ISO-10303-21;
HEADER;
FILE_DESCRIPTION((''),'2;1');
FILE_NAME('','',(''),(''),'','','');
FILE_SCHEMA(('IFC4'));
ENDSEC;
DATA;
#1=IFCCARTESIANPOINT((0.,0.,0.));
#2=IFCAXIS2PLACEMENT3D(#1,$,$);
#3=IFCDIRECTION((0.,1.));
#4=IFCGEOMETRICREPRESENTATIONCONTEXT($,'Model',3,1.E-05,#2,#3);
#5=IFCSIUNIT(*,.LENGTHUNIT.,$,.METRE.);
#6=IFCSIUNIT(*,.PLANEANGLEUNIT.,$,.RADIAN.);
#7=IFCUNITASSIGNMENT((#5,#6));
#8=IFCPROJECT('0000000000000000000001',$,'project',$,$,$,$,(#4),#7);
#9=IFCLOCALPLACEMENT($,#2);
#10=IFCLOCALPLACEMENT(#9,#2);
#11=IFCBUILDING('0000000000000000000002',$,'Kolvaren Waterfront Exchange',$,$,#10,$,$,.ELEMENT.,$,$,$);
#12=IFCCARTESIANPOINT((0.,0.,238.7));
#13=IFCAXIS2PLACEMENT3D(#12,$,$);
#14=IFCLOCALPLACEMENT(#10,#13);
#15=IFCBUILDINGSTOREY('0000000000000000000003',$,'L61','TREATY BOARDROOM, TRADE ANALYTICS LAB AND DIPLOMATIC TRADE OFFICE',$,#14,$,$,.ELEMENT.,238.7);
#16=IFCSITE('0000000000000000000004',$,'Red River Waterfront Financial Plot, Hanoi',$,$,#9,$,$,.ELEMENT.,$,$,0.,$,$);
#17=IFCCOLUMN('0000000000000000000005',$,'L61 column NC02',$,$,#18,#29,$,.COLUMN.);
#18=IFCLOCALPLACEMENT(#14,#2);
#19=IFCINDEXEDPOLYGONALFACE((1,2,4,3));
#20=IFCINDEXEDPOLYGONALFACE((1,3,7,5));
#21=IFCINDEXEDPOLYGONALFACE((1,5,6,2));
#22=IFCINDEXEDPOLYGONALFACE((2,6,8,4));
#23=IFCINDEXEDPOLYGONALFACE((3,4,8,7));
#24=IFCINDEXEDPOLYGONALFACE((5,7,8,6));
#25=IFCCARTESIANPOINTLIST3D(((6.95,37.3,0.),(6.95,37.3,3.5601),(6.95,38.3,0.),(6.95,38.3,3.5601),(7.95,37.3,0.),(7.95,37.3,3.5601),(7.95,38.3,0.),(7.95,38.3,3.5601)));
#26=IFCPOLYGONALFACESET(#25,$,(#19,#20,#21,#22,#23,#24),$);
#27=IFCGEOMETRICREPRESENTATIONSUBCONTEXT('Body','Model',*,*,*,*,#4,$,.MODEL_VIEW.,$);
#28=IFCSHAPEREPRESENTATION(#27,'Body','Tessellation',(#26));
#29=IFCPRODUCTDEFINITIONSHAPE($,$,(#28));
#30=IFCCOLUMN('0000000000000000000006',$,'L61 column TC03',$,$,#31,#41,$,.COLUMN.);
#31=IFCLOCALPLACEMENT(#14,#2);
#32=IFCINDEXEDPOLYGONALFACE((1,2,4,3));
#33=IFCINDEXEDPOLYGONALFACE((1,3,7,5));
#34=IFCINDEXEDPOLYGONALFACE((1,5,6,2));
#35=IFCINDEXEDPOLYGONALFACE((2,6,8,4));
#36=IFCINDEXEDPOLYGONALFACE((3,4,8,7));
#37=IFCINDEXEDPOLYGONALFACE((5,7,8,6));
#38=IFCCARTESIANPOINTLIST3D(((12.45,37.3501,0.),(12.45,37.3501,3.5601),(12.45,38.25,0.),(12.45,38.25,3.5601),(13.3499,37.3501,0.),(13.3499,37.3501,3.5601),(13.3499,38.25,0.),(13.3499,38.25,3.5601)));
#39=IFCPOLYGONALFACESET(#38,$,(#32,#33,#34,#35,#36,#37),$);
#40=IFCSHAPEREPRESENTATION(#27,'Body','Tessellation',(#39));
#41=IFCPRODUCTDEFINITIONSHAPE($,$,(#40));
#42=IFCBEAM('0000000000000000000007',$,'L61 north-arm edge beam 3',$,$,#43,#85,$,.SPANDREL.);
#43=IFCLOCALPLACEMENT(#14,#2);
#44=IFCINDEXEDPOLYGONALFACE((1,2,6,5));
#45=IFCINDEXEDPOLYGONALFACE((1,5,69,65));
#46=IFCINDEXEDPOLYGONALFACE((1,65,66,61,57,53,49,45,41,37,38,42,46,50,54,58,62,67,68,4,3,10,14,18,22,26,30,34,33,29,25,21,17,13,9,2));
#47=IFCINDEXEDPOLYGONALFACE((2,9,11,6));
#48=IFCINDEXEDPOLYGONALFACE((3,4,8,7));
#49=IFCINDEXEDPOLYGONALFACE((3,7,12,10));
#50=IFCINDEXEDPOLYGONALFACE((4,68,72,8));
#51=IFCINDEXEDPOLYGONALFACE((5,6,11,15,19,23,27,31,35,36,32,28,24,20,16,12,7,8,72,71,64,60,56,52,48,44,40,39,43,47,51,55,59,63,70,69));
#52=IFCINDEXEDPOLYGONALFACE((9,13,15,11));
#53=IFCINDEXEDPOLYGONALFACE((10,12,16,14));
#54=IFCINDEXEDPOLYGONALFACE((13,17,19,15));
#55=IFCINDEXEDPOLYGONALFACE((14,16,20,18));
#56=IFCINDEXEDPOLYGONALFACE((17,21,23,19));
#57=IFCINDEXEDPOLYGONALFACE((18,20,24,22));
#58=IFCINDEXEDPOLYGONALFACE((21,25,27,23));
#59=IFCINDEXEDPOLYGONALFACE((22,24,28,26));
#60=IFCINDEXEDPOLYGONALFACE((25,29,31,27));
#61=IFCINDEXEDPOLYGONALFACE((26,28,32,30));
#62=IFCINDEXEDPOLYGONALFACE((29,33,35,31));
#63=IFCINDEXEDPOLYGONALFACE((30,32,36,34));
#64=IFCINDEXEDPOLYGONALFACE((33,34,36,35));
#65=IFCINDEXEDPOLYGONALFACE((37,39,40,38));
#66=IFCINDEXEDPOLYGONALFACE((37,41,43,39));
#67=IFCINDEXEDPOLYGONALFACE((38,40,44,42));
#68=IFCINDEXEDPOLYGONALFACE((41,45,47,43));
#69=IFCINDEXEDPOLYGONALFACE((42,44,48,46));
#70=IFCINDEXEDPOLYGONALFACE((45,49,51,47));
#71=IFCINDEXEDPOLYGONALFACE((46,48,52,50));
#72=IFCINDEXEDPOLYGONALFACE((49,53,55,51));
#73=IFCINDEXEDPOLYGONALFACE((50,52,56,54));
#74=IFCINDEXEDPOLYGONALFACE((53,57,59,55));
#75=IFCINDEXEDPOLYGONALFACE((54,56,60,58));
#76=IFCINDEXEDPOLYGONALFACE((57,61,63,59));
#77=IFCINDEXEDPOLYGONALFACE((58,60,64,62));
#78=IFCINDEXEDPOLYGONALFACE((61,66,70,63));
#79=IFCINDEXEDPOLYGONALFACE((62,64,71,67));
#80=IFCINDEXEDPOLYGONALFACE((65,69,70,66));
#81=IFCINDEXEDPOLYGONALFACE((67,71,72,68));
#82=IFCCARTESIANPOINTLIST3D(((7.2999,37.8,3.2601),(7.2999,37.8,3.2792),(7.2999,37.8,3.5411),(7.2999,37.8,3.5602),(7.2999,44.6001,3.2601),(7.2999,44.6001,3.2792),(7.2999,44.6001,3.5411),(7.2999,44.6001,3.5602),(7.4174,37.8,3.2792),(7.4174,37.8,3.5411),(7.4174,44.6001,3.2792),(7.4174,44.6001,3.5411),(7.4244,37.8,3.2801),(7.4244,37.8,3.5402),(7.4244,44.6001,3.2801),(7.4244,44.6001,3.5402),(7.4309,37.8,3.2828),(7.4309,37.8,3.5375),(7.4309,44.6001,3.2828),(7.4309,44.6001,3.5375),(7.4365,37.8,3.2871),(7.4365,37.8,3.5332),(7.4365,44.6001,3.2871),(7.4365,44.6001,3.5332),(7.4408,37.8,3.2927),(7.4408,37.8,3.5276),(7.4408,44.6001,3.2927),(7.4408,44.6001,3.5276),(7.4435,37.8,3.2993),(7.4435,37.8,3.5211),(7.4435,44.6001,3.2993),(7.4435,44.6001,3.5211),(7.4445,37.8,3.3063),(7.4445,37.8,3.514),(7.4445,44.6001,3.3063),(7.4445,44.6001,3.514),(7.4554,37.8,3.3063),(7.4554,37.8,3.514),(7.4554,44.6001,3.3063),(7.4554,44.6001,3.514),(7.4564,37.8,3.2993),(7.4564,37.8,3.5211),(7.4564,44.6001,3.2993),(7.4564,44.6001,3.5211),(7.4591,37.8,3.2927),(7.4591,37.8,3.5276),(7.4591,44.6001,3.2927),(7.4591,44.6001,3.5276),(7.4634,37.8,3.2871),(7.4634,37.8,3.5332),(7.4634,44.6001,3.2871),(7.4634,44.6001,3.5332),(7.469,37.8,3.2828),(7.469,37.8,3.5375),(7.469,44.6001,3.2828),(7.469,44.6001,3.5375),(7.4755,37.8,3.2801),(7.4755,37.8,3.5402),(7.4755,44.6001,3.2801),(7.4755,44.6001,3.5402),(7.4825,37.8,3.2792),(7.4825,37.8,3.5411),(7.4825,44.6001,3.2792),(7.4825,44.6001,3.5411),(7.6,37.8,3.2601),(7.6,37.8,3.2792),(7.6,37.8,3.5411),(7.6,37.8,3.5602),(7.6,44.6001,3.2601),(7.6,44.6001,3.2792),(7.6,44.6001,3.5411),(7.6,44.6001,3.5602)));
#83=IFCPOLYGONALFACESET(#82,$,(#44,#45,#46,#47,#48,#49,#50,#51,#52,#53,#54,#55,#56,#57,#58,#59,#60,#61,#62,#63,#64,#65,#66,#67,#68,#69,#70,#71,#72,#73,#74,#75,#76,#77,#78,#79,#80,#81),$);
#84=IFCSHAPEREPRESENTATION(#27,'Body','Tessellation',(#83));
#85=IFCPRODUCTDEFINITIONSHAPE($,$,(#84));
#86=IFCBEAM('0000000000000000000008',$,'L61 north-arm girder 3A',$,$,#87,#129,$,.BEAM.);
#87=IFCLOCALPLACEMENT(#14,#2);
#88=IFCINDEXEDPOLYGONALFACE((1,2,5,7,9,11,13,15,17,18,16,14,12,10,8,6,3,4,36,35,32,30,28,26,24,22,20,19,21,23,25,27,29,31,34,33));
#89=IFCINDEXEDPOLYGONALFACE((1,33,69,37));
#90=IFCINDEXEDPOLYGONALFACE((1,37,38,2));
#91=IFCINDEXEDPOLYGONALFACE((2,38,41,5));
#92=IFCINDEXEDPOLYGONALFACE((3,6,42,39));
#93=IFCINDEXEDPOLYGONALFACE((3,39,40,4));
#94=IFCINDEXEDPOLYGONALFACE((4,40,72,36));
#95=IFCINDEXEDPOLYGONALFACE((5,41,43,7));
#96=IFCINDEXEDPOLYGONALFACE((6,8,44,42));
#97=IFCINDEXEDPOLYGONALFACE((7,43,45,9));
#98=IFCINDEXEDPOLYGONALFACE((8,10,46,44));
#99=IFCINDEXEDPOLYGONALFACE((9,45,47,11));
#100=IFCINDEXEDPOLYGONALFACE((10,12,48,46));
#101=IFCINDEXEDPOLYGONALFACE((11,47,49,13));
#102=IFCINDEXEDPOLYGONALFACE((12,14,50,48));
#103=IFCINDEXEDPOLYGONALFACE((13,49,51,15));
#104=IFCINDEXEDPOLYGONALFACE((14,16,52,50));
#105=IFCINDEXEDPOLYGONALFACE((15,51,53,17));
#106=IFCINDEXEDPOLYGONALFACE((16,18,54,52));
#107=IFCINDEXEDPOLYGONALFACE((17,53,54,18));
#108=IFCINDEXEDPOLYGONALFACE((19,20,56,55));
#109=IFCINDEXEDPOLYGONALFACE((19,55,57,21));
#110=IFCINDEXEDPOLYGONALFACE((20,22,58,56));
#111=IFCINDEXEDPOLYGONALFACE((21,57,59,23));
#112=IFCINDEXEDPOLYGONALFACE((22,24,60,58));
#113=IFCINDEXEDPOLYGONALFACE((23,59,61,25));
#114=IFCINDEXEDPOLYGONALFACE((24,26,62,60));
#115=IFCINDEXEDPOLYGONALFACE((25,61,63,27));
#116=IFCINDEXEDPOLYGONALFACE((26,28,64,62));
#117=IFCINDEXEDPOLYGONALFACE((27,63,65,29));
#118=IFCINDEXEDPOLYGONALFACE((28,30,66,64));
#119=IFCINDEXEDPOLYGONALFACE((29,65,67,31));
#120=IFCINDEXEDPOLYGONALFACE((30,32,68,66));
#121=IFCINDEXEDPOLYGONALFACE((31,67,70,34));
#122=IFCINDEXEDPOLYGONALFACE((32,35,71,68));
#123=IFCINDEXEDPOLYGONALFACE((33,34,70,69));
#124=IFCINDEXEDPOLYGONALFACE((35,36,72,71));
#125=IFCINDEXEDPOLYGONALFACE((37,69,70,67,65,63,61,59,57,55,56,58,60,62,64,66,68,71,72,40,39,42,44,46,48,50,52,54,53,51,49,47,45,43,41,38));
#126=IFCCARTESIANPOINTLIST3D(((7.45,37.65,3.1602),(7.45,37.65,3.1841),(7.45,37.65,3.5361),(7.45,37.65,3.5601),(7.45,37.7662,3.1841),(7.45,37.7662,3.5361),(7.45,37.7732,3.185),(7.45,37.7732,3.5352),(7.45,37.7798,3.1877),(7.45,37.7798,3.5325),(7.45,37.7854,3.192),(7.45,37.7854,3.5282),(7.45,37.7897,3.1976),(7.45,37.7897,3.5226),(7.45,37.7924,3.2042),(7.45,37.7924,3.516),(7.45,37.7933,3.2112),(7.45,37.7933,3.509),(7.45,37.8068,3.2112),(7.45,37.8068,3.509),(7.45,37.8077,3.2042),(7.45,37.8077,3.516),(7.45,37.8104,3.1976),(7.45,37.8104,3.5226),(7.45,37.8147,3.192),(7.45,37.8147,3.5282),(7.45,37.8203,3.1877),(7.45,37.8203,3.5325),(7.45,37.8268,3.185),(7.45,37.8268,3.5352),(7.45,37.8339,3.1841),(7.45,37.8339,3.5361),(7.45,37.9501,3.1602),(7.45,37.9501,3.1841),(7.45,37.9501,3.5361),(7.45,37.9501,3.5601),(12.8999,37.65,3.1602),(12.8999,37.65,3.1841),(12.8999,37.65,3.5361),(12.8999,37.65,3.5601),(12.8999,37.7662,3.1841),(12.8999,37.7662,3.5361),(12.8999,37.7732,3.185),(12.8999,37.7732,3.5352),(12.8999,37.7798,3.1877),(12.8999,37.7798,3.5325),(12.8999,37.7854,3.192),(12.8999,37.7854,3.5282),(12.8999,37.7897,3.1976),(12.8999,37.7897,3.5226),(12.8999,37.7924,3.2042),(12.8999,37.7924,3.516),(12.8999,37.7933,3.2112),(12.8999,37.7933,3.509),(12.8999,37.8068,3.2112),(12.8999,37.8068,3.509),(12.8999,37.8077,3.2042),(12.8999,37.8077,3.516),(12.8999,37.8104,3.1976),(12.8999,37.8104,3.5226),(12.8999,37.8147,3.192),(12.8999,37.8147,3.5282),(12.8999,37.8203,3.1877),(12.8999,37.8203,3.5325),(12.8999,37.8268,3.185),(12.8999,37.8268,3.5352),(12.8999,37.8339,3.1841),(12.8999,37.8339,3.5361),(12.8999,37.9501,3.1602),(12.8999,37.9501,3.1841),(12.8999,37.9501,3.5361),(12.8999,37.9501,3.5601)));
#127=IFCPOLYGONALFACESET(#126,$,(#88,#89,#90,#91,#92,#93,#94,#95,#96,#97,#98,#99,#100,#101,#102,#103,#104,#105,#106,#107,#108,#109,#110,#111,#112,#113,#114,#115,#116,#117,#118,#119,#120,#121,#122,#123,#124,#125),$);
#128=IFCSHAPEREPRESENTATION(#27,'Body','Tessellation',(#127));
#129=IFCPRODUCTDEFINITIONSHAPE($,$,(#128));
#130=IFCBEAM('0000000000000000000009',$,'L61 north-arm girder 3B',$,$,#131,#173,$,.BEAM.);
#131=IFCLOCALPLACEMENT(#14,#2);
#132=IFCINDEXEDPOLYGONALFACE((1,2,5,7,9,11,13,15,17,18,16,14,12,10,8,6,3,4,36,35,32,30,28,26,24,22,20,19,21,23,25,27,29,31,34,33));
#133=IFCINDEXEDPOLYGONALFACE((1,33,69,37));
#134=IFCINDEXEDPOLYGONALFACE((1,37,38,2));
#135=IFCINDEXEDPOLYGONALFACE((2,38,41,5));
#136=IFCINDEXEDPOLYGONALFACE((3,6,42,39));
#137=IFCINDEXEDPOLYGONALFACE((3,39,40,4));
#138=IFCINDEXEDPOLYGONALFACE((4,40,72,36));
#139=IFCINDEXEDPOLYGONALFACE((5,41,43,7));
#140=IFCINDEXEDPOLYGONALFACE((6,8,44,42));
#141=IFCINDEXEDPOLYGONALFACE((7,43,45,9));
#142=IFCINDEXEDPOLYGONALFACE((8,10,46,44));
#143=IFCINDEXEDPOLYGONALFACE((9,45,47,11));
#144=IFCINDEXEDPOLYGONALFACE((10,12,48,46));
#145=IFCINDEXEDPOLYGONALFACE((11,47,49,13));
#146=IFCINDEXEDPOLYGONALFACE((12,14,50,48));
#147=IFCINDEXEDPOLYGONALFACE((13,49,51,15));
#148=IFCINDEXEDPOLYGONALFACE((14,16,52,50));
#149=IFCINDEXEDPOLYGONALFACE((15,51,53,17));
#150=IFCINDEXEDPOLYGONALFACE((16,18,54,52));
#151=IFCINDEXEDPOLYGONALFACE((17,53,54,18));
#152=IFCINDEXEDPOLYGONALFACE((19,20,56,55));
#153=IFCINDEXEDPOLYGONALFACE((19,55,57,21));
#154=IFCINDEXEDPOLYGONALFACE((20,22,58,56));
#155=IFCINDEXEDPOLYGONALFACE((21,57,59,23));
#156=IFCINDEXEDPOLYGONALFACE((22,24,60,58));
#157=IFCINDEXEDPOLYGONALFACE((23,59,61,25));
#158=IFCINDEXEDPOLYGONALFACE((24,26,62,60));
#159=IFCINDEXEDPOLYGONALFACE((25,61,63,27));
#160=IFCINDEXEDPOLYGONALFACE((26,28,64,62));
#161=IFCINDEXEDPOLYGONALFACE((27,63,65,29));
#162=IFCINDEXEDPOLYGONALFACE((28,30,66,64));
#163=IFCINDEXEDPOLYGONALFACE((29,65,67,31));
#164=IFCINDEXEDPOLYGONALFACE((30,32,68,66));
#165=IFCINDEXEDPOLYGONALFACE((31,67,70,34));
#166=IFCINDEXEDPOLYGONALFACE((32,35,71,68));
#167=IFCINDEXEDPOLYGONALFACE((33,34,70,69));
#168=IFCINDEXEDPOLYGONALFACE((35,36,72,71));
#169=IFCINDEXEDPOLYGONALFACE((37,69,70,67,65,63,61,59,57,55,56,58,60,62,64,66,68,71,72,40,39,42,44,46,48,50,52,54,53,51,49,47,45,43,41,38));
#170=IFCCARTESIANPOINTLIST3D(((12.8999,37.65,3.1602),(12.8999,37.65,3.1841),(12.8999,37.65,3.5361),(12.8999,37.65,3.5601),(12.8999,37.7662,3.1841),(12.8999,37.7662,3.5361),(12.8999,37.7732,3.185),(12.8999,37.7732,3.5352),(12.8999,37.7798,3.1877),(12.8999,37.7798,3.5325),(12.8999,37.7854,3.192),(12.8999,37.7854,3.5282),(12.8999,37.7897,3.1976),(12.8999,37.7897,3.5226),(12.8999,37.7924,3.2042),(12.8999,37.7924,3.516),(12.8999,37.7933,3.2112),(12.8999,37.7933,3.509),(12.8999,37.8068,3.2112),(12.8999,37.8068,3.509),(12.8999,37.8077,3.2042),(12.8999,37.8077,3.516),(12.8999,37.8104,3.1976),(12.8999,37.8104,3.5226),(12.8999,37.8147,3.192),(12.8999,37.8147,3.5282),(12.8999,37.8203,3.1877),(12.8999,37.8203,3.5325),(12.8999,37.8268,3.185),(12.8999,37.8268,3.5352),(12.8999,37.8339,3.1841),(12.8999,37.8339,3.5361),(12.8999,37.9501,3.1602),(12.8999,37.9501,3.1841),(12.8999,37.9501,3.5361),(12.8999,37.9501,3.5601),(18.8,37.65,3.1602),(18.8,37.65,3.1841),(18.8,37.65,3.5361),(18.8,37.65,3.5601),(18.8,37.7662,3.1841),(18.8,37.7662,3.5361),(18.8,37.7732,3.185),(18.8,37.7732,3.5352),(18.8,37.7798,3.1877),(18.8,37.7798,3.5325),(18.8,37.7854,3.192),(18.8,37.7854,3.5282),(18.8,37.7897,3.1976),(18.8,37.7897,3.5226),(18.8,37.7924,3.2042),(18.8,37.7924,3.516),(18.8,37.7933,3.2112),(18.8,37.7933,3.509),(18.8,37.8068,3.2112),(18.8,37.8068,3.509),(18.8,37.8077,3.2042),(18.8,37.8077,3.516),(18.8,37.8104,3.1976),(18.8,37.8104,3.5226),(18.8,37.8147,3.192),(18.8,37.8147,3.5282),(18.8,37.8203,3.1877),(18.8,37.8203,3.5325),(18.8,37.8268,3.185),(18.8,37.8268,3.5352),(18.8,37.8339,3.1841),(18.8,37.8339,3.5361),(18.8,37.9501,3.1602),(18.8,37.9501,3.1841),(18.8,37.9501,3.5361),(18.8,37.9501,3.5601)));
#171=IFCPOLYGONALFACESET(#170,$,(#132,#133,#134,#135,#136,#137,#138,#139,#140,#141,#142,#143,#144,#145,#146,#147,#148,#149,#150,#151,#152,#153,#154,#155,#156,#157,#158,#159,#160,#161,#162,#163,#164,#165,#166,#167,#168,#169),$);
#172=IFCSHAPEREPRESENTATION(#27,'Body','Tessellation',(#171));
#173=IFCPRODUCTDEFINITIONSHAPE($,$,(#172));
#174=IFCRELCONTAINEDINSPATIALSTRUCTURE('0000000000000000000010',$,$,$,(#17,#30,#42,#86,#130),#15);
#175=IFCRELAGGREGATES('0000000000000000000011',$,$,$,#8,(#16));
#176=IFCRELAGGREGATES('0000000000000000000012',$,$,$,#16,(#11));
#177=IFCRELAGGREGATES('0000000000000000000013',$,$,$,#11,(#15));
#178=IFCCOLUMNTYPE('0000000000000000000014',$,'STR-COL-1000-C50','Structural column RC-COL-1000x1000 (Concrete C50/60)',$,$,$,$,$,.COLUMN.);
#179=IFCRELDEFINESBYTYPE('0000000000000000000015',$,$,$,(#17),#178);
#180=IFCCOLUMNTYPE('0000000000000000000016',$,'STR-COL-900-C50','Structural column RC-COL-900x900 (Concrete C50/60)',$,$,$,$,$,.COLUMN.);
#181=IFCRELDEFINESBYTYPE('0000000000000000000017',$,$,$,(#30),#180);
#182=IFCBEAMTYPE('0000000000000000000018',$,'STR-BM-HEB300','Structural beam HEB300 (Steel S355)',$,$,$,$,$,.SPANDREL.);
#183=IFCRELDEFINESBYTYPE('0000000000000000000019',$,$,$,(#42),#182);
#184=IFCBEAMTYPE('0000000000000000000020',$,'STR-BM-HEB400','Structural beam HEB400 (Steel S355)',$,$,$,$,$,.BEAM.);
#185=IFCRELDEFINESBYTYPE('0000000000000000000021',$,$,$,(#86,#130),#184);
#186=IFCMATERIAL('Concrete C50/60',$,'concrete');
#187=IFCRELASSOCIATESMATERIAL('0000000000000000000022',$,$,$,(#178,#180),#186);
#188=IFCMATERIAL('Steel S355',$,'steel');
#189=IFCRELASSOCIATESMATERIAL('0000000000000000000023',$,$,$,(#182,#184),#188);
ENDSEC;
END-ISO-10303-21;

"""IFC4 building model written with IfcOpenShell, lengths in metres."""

from ifc_helpers import new_model, si_unit, direction, frame, origin, origin_2d, place, context, subcontext, project, spatial, rectangle, i_section, extrude, material, material_profile, profile_set, type_object, element, save


model = new_model("IFC4")

# Units and contexts
model_context = context("Model", 3, precision=1e-05, world=origin(), true_north=direction((0.0, 1.0)))
body_context = subcontext(model_context, "Body", "Model", "MODEL_VIEW")
ifc_project = project(units=[si_unit("LENGTHUNIT", "METRE"), si_unit("PLANEANGLEUNIT", "RADIAN")], contexts=[model_context])

# Site, building, storey
site_placement = place(None, origin())
site = spatial("IfcSite", under=ifc_project, at=site_placement, Name="Red River Waterfront Financial Plot, Hanoi", CompositionType="ELEMENT", RefElevation=0.0)
building_placement = place(site_placement, origin())
building = spatial("IfcBuilding", under=site, at=building_placement, Name="Kolvaren Waterfront Exchange", CompositionType="ELEMENT")
storey_placement = place(building_placement, frame((0.0, 0.0, 238.7)))
storey = spatial("IfcBuildingStorey", under=building, at=storey_placement, Name="L61", Description="TREATY BOARDROOM, TRADE ANALYTICS LAB AND DIPLOMATIC TRADE OFFICE", CompositionType="ELEMENT", Elevation=238.7)

# Columns
ifc_material_1 = material(Name="Concrete C50/60", Category="concrete")
ifc_material_profile_1 = material_profile(ifc_material_1, rectangle(XDim=1.0, YDim=1.0, at=origin_2d()), Name="RC-COL-1000x1000")
ifc_profile_set_1 = profile_set([ifc_material_profile_1], Name="Concrete C50/60")
column_type_1 = type_object("IfcColumnType", Name="STR-COL-1000-C50", Description="Structural column RC-COL-1000x1000 (Concrete C50/60)", PredefinedType="COLUMN", material=ifc_profile_set_1)
column_1_placement = place(storey_placement, frame((7.45, 37.8, 0.0), z_axis=(0.0, 0.0, 1.0), x_axis=(1.0, 0.0, 0.0)))
element("IfcColumn", 1, at=column_1_placement, inside=storey, type_object=column_type_1, Name="L61 column NC02", PredefinedType="COLUMN", context=body_context, shape_type="SweptSolid", body=[
    extrude(rectangle(XDim=1.0, YDim=1.0, at=origin_2d()), origin(), (0.0, 0.0, 1.0), 3.5601),
])
ifc_material_profile_2 = material_profile(ifc_material_1, rectangle(XDim=0.8999, YDim=0.8999, at=origin_2d()), Name="RC-COL-900x900")
ifc_profile_set_2 = profile_set([ifc_material_profile_2], Name="Concrete C50/60")
column_type_2 = type_object("IfcColumnType", Name="STR-COL-900-C50", Description="Structural column RC-COL-900x900 (Concrete C50/60)", PredefinedType="COLUMN", material=ifc_profile_set_2)
column_2_placement = place(storey_placement, frame((12.8999, 37.8, 0.0), z_axis=(0.0, 0.0, 1.0), x_axis=(1.0, 0.0, 0.0)))
element("IfcColumn", 2, at=column_2_placement, inside=storey, type_object=column_type_2, Name="L61 column TC03", PredefinedType="COLUMN", context=body_context, shape_type="SweptSolid", body=[
    extrude(rectangle(XDim=0.8999, YDim=0.8999, at=origin_2d()), origin(), (0.0, 0.0, 1.0), 3.5601),
])

# Beams
ifc_material_2 = material(Name="Steel S355", Category="steel")
ifc_material_profile_3 = material_profile(ifc_material_2, i_section(OverallWidth=0.3, OverallDepth=0.3, WebThickness=0.011, FlangeThickness=0.019, FilletRadius=0.0271, at=origin_2d()), Name="HEB300")
ifc_profile_set_3 = profile_set([ifc_material_profile_3], Name="Steel S355")
beam_type_1 = type_object("IfcBeamType", Name="STR-BM-HEB300", Description="Structural beam HEB300 (Steel S355)", PredefinedType="SPANDREL", material=ifc_profile_set_3)
beam_1_placement = place(storey_placement, frame((7.45, 37.8, 3.4102), z_axis=(0.0, 1.0, 0.0), x_axis=(-1.0, 0.0, 0.0)))
element("IfcBeam", 3, at=beam_1_placement, inside=storey, type_object=beam_type_1, Name="L61 north-arm edge beam 3", PredefinedType="SPANDREL", context=body_context, shape_type="SweptSolid", body=[
    extrude(i_section(OverallWidth=0.3, OverallDepth=0.3, WebThickness=0.011, FlangeThickness=0.019, FilletRadius=0.0271, at=origin_2d()), origin(), (0.0, 0.0, 1.0), 6.8),
])
ifc_material_profile_4 = material_profile(ifc_material_2, i_section(OverallWidth=0.3, OverallDepth=0.3999, WebThickness=0.0134, FlangeThickness=0.0239, FilletRadius=0.0271, at=origin_2d()), Name="HEB400")
ifc_profile_set_4 = profile_set([ifc_material_profile_4], Name="Steel S355")
beam_type_2 = type_object("IfcBeamType", Name="STR-BM-HEB400", Description="Structural beam HEB400 (Steel S355)", PredefinedType="BEAM", material=ifc_profile_set_4)
beam_2_placement = place(storey_placement, frame((7.45, 37.8, 3.3601), z_axis=(1.0, 0.0, 0.0), x_axis=(0.0, 1.0, 0.0)))
element("IfcBeam", 4, at=beam_2_placement, inside=storey, type_object=beam_type_2, Name="L61 north-arm girder 3A", PredefinedType="BEAM", context=body_context, shape_type="SweptSolid", body=[
    extrude(i_section(OverallWidth=0.3, OverallDepth=0.3999, WebThickness=0.0134, FlangeThickness=0.0239, FilletRadius=0.0271, at=origin_2d()), origin(), (0.0, 0.0, 1.0), 5.45),
])
beam_3_placement = place(storey_placement, frame((12.8999, 37.8, 3.3601), z_axis=(1.0, 0.0, 0.0), x_axis=(0.0, 1.0, 0.0)))
element("IfcBeam", 5, at=beam_3_placement, inside=storey, type_object=beam_type_2, Name="L61 north-arm girder 3B", PredefinedType="BEAM", context=body_context, shape_type="SweptSolid", body=[
    extrude(i_section(OverallWidth=0.3, OverallDepth=0.3999, WebThickness=0.0134, FlangeThickness=0.0239, FilletRadius=0.0271, at=origin_2d()), origin(), (0.0, 0.0, 1.0), 5.9001),
])

save(model, "model.ifc")
